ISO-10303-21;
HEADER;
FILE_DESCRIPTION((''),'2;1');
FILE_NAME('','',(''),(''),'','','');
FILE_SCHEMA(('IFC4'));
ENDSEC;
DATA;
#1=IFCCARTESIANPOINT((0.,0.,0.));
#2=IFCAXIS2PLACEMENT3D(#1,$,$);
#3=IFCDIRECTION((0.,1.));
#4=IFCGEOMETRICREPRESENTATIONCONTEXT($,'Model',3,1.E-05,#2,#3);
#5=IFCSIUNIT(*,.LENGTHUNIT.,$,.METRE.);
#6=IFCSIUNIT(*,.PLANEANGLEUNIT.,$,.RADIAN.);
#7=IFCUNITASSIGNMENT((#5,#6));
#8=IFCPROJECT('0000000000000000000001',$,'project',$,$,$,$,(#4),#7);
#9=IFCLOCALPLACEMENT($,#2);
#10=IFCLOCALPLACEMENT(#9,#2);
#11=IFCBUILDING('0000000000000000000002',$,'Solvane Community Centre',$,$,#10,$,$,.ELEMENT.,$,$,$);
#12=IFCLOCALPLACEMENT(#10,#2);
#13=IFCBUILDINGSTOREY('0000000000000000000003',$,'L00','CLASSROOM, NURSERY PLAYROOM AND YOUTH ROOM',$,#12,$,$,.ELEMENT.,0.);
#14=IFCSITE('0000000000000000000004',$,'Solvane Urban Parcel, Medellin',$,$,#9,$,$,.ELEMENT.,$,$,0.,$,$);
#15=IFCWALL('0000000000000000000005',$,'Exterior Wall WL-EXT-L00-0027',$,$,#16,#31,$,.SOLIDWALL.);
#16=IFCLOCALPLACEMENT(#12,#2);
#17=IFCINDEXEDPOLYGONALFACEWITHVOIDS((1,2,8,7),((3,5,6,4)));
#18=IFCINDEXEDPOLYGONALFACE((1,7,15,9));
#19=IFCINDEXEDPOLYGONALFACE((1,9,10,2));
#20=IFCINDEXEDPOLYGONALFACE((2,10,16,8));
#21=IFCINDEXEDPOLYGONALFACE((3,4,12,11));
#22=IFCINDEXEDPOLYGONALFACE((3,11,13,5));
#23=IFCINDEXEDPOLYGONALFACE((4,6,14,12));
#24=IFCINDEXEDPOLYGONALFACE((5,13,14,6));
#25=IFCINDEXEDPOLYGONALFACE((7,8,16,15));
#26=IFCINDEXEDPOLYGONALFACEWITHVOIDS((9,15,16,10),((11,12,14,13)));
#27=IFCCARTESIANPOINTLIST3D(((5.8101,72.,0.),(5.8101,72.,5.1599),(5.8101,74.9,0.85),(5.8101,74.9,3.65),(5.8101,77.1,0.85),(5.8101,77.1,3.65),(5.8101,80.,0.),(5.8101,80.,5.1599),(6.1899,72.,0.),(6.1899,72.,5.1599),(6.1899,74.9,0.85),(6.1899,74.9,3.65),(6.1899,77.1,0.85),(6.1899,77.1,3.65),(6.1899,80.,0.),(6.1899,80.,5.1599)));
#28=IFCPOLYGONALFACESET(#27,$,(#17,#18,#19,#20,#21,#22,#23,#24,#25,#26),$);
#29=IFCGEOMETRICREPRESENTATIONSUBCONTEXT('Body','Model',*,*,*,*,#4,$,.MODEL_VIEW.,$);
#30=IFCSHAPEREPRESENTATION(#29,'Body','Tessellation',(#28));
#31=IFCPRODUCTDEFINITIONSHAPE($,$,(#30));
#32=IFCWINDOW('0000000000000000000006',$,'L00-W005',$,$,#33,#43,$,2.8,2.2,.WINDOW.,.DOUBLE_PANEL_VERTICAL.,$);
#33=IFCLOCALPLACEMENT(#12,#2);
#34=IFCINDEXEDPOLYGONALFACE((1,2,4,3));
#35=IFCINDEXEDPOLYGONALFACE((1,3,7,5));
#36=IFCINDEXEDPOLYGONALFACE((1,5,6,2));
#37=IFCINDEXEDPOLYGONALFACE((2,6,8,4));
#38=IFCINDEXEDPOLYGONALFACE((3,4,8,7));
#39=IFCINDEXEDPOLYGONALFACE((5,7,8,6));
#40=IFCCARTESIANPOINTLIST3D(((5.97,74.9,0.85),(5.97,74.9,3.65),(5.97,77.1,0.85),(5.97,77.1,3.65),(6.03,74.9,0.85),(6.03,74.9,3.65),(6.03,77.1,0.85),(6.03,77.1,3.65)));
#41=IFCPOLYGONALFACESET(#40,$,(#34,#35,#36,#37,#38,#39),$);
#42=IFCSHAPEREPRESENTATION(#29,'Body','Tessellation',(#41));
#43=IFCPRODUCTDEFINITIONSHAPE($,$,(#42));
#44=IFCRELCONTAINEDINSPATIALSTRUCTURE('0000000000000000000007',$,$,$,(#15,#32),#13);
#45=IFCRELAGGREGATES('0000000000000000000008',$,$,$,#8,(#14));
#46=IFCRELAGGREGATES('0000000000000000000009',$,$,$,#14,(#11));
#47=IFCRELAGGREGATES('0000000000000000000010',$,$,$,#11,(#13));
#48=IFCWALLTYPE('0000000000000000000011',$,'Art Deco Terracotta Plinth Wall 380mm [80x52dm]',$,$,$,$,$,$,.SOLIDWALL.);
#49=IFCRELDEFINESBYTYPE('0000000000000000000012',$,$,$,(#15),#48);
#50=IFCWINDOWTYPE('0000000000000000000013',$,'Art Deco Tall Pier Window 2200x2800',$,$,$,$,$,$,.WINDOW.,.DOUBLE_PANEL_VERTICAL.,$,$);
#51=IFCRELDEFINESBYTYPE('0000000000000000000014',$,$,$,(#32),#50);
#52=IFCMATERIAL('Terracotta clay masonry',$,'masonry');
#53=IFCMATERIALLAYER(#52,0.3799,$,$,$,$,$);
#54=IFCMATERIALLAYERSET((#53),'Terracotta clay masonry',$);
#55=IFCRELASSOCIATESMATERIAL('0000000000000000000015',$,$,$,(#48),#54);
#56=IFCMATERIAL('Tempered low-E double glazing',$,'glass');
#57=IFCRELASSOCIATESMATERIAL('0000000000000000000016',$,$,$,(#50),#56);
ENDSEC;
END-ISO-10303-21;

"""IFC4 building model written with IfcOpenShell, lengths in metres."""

from ifc_helpers import new_model, si_unit, direction, frame, frame_2d, origin, place, context, subcontext, project, spatial, rectangle, extrude, material, layer, layer_set, type_object, element, fill, save


model = new_model("IFC4")

# Units and contexts
model_context = context("Model", 3, precision=1e-05, world=origin(), true_north=direction((0.0, 1.0)))
body_context = subcontext(model_context, "Body", "Model", "MODEL_VIEW")
ifc_project = project(units=[si_unit("LENGTHUNIT", "METRE"), si_unit("PLANEANGLEUNIT", "RADIAN")], contexts=[model_context])

# Site, building, storey
site_placement = place(None, origin())
site = spatial("IfcSite", under=ifc_project, at=site_placement, Name="Solvane Urban Parcel, Medellin", CompositionType="ELEMENT", RefElevation=0.0)
building_placement = place(site_placement, origin())
building = spatial("IfcBuilding", under=site, at=building_placement, Name="Solvane Community Centre", CompositionType="ELEMENT")
storey_placement = place(building_placement, origin())
storey = spatial("IfcBuildingStorey", under=building, at=storey_placement, Name="L00", Description="CLASSROOM, NURSERY PLAYROOM AND YOUTH ROOM", CompositionType="ELEMENT", Elevation=0.0)

# Shared definitions
ifc_material_1 = material(Name="Terracotta clay masonry", Category="masonry")

# Wall, opening, window
ifc_layer_1 = layer(ifc_material_1, 0.3799)
ifc_layer_set_1 = layer_set([ifc_layer_1], Name="Terracotta clay masonry")
wall_type_1 = type_object("IfcWallType", Name="Art Deco Terracotta Plinth Wall 380mm [80x52dm]", PredefinedType="SOLIDWALL", material=ifc_layer_set_1)
wall_1_placement = place(storey_placement, frame((6.0, 72.0, 0.0), z_axis=(0.0, 0.0, 1.0), x_axis=(0.0, 1.0, 0.0)))
wall_1 = element("IfcWall", 1, at=wall_1_placement, inside=storey, type_object=wall_type_1, Name="Exterior Wall WL-EXT-L00-0027", PredefinedType="SOLIDWALL", context=body_context, shape_type="SweptSolid", body=[
    extrude(rectangle(XDim=8.0, YDim=0.3799, at=frame_2d((4.0, 0.0))), origin(), (0.0, 0.0, 1.0), 5.1599),
])
opening_1_placement = place(wall_1_placement, frame((2.8999, 0.0, 0.8501)))
opening_1 = element("IfcOpeningElement", 2, at=opening_1_placement, cuts=wall_1, PredefinedType="OPENING", context=body_context, shape_type="SweptSolid", body=[
    extrude(rectangle(XDim=2.2, YDim=2.8, at=frame_2d((1.1001, 1.3999))), frame((0.0, 0.2, 0.0), z_axis=(0.0, -1.0, 0.0), x_axis=(1.0, 0.0, 0.0)), (0.0, 0.0, 1.0), 0.3999),
])
ifc_material_2 = material(Name="Tempered low-E double glazing", Category="glass")
window_type = type_object("IfcWindowType", Name="Art Deco Tall Pier Window 2200x2800", PartitioningType="DOUBLE_PANEL_VERTICAL", PredefinedType="WINDOW", material=ifc_material_2)
window_placement = place(opening_1_placement, origin())
window = element("IfcWindow", 3, at=window_placement, inside=storey, type_object=window_type, Name="L00-W005", OverallHeight=2.8, OverallWidth=2.2, PartitioningType="DOUBLE_PANEL_VERTICAL", PredefinedType="WINDOW", context=body_context, shape_type="SweptSolid", body=[
    extrude(rectangle(XDim=2.2, YDim=2.8, at=frame_2d((1.1001, 1.3999))), frame((0.0, 0.03, 0.0), z_axis=(0.0, -1.0, 0.0), x_axis=(1.0, 0.0, 0.0)), (0.0, 0.0, 1.0), 0.0601),
])
fill(opening_1, window)

save(model, "model.ifc")
